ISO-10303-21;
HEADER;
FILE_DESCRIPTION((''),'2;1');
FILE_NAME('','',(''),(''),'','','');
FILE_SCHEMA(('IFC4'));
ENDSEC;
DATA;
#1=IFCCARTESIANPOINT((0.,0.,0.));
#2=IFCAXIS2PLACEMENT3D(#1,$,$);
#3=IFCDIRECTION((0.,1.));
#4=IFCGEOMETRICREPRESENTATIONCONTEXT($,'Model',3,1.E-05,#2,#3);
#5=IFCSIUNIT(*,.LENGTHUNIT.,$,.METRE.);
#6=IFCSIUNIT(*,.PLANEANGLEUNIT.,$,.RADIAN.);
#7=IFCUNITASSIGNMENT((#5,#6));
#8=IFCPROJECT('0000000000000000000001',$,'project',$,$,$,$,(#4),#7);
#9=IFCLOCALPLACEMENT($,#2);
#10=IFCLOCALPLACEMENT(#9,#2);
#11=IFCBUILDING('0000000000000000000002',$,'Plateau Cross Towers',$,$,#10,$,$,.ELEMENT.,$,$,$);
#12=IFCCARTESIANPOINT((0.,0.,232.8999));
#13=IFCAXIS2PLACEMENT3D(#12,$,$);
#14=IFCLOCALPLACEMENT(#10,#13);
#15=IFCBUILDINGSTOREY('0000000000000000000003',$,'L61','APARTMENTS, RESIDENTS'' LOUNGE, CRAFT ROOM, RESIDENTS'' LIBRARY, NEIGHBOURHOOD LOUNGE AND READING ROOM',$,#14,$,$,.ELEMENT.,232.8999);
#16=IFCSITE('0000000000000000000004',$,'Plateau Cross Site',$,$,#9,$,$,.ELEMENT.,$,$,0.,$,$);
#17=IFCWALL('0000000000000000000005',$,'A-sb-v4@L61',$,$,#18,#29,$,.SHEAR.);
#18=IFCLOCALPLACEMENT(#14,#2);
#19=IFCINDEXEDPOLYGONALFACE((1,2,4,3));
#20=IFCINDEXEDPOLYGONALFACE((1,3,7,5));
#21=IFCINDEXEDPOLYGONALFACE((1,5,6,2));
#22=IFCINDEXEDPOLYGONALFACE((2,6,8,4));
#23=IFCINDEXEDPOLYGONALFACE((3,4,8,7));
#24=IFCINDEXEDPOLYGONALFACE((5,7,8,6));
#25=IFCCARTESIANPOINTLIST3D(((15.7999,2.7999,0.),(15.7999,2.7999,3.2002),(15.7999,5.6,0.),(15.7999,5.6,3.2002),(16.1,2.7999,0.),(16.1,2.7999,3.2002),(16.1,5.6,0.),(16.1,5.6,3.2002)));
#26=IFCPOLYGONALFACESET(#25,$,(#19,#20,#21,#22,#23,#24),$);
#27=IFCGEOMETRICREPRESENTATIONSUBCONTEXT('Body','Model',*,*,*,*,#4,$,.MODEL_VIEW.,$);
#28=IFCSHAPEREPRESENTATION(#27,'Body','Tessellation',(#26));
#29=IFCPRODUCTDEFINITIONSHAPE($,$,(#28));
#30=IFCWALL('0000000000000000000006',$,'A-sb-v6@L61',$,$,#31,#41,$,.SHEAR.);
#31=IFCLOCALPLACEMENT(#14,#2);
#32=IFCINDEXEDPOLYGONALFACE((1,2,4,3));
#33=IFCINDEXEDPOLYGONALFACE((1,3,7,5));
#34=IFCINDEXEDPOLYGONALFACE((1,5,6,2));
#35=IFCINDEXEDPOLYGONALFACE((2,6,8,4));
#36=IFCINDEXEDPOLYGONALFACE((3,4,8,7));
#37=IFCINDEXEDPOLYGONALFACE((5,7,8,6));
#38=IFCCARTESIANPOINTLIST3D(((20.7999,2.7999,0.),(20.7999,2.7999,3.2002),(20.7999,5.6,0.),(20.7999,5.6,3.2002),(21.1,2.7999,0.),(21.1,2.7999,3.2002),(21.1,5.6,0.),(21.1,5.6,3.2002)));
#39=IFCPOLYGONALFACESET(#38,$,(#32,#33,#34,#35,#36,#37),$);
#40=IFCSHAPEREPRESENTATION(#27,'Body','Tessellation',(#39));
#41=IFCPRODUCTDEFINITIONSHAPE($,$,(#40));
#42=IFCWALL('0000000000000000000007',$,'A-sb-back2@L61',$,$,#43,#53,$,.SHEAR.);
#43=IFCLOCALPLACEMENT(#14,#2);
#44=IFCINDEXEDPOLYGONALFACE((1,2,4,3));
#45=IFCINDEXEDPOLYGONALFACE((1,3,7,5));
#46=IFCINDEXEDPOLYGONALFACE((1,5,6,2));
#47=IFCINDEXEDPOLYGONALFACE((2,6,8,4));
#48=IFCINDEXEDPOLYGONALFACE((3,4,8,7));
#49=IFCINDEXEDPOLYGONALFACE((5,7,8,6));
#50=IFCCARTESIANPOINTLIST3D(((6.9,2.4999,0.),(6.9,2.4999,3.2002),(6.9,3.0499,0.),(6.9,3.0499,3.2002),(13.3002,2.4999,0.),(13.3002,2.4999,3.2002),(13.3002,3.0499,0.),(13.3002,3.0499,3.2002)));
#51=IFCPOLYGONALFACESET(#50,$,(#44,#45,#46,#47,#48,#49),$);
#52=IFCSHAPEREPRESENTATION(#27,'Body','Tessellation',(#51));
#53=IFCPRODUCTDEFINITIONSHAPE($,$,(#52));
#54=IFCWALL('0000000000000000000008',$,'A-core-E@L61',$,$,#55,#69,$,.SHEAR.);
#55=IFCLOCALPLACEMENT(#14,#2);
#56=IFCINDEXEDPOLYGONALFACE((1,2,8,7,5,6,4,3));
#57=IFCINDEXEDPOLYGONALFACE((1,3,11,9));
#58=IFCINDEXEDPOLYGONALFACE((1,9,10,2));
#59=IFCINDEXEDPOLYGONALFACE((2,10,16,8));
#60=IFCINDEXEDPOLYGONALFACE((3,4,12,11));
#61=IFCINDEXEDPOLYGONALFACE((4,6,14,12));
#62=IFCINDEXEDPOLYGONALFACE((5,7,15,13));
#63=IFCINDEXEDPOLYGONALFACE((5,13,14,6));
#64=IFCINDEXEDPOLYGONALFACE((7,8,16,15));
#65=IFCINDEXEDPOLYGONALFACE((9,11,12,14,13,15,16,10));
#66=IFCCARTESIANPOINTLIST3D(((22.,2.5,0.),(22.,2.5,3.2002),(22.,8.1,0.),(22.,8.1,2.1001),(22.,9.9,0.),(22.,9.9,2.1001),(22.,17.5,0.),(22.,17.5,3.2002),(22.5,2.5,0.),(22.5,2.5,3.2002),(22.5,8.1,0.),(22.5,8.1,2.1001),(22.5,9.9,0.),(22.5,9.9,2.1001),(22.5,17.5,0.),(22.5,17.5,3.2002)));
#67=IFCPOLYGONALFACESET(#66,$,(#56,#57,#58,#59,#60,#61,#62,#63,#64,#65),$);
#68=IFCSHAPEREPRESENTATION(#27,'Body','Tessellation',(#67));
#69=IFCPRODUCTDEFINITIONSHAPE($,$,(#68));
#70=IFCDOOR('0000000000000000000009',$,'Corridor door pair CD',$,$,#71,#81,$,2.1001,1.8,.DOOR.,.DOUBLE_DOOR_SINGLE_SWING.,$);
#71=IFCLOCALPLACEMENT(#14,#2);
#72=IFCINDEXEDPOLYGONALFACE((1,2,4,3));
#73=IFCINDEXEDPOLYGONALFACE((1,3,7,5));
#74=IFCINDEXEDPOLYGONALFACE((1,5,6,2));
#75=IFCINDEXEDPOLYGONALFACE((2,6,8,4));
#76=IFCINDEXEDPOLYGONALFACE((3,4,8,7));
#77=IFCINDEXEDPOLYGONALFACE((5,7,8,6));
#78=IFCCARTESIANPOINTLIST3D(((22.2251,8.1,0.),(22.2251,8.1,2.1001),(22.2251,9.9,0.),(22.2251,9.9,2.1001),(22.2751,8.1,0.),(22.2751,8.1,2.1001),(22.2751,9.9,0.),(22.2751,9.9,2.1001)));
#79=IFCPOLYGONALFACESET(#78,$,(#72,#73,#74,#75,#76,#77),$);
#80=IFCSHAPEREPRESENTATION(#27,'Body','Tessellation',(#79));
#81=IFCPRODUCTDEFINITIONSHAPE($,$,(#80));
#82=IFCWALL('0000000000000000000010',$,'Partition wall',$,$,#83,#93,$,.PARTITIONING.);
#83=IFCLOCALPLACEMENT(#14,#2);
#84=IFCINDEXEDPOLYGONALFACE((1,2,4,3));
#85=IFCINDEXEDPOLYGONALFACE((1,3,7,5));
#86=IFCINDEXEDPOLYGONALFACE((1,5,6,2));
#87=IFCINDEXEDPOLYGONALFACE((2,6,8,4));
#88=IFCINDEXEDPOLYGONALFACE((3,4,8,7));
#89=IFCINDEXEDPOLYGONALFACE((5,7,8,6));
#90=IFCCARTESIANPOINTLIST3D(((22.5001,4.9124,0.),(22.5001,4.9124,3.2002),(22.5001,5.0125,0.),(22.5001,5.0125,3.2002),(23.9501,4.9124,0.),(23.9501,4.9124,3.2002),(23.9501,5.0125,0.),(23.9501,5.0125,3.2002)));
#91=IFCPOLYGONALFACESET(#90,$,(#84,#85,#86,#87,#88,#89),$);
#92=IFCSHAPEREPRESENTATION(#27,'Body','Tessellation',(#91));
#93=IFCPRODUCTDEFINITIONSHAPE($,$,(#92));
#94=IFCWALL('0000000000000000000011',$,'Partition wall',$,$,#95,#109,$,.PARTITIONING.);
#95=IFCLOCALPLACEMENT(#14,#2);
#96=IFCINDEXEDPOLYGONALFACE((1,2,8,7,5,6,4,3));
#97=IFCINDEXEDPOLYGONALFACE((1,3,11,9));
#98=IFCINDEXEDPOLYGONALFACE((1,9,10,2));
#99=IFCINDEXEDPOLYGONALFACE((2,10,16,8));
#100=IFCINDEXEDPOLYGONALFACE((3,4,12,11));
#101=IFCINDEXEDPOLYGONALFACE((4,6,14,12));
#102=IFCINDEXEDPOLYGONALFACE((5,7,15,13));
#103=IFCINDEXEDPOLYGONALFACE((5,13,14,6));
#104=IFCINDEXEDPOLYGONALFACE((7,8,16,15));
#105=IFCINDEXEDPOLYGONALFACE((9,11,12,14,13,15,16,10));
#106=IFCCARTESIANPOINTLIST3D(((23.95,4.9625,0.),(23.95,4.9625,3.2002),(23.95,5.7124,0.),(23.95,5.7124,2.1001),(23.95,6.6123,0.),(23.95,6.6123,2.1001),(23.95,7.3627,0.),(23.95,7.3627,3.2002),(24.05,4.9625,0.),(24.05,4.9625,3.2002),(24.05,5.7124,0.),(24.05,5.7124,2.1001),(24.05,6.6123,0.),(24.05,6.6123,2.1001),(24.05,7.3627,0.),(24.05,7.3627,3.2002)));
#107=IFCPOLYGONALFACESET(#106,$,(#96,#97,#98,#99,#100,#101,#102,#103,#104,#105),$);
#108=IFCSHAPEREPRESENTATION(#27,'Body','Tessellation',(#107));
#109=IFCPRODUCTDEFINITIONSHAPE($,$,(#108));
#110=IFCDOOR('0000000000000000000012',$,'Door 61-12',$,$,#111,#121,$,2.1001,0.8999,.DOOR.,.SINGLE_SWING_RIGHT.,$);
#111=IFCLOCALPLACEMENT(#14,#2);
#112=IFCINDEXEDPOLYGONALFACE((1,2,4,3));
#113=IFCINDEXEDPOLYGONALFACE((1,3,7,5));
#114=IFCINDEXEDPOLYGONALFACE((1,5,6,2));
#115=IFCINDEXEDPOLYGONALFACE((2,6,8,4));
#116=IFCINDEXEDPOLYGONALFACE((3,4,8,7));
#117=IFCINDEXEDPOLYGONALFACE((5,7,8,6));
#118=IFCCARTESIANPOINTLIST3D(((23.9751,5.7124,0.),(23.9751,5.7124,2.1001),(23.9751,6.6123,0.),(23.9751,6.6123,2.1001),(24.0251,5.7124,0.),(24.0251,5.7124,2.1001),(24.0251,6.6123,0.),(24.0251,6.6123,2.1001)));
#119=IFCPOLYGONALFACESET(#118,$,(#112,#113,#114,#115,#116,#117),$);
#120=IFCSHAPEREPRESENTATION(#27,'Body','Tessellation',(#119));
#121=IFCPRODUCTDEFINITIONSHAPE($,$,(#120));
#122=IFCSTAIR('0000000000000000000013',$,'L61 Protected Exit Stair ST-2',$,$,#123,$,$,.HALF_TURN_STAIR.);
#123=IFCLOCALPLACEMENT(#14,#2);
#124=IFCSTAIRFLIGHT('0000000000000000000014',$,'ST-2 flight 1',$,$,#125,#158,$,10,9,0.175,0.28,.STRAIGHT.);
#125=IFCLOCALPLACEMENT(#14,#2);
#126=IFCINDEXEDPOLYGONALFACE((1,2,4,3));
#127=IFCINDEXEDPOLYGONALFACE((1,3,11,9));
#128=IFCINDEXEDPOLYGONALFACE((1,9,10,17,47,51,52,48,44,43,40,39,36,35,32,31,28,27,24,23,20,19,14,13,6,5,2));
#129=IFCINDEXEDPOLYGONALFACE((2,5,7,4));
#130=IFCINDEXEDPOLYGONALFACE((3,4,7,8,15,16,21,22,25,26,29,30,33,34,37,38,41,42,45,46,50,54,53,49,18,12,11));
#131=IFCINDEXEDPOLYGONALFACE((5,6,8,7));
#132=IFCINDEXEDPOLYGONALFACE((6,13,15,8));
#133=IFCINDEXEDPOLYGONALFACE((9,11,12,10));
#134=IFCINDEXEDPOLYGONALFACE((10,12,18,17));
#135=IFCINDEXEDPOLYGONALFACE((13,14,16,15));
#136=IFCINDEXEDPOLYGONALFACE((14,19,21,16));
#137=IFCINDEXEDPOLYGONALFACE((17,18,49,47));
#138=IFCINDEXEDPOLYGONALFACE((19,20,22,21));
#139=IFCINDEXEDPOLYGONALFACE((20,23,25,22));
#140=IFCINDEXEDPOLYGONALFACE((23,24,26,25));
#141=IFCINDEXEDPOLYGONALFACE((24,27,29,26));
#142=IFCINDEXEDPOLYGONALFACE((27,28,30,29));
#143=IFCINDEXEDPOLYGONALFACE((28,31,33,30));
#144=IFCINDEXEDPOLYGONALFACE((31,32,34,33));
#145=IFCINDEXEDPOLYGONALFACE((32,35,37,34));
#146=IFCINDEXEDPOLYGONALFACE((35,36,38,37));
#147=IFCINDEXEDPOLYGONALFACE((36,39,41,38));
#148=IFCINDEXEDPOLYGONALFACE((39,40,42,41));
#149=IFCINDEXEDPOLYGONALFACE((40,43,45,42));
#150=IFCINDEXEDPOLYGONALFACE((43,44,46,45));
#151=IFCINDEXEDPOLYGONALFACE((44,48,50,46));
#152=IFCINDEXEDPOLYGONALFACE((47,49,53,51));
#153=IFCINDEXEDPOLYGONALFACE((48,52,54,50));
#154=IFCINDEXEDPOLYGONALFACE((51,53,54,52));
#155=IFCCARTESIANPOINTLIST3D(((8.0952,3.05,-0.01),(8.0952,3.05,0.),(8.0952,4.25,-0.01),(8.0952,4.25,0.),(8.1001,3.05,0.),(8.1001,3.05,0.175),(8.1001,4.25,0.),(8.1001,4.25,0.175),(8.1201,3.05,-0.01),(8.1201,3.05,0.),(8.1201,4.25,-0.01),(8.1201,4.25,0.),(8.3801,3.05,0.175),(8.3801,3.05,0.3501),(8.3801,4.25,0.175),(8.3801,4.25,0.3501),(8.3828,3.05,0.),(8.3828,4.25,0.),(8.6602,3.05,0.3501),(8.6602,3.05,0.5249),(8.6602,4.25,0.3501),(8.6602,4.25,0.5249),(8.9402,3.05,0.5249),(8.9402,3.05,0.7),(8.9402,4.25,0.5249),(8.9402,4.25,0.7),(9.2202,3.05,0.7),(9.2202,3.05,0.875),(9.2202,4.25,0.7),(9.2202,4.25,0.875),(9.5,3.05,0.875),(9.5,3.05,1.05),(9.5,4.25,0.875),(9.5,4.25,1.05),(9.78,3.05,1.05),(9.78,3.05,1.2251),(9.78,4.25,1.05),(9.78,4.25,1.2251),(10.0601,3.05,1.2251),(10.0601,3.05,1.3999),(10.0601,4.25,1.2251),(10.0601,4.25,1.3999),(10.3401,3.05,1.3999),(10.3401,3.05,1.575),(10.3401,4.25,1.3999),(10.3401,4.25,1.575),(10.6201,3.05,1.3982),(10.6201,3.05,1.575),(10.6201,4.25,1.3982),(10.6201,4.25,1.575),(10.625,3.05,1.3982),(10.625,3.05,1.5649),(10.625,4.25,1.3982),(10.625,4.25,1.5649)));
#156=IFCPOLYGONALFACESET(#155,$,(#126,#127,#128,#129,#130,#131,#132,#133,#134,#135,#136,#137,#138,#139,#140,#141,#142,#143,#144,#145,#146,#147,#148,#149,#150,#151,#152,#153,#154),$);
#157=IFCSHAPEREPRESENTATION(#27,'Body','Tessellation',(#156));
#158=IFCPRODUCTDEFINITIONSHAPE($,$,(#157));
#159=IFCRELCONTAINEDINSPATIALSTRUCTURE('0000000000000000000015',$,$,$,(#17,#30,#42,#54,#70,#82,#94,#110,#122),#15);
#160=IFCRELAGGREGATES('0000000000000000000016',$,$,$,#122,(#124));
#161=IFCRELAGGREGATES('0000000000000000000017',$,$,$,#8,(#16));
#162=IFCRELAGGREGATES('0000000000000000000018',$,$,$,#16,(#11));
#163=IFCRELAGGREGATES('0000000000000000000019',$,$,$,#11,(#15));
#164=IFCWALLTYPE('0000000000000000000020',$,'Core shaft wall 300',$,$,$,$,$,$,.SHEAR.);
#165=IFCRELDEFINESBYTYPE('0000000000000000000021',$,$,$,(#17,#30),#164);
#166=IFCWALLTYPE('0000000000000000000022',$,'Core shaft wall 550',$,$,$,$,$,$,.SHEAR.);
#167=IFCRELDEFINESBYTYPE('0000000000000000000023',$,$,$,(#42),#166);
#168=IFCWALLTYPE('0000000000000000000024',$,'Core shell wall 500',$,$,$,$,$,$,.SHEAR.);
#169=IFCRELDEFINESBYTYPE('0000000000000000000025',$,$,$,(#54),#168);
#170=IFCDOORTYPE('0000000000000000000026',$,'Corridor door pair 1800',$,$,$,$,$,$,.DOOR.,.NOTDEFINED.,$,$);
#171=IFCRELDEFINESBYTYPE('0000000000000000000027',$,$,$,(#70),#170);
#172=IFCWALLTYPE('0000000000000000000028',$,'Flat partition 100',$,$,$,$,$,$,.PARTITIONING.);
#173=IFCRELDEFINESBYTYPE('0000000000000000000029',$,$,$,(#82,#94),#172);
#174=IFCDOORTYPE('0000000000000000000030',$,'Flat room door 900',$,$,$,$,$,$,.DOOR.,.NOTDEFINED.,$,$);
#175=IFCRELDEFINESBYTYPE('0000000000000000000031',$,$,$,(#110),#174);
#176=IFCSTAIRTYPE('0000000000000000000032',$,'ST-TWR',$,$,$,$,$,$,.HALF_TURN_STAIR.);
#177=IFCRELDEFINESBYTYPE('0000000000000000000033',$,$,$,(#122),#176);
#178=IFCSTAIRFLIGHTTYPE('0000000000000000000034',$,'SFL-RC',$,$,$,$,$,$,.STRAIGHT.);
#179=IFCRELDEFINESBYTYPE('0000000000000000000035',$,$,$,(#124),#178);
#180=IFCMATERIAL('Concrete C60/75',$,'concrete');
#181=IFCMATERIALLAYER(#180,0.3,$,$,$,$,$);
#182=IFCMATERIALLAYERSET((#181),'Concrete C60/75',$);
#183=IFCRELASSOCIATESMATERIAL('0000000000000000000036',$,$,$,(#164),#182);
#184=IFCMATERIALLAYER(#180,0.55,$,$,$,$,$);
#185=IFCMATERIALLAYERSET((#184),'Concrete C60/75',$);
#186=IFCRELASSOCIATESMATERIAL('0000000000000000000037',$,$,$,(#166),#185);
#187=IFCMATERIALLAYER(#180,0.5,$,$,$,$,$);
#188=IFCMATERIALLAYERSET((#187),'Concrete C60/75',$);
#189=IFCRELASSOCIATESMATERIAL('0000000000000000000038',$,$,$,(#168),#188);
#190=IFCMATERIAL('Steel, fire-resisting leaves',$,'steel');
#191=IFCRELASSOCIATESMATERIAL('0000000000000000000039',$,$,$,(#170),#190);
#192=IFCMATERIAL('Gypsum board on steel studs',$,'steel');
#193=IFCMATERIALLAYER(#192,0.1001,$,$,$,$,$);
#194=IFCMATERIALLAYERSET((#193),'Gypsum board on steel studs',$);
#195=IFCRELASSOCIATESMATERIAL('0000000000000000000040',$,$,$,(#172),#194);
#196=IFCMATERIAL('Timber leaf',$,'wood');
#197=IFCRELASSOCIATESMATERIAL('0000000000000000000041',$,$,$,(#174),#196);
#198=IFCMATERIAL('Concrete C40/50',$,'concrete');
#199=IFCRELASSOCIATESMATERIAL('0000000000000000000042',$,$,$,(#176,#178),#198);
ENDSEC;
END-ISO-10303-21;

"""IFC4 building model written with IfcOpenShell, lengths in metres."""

from ifc_helpers import new_model, si_unit, direction, frame, frame_2d, origin, place, context, subcontext, project, spatial, polyline, rectangle, outline, extrude, material, layer, layer_set, type_object, element, fill, aggregate, save


model = new_model("IFC4")

# Units and contexts
model_context = context("Model", 3, precision=1e-05, world=origin(), true_north=direction((0.0, 1.0)))
body_context = subcontext(model_context, "Body", "Model", "MODEL_VIEW")
ifc_project = project(units=[si_unit("LENGTHUNIT", "METRE"), si_unit("PLANEANGLEUNIT", "RADIAN")], contexts=[model_context])

# Site, building, storey
site_placement = place(None, origin())
site = spatial("IfcSite", under=ifc_project, at=site_placement, Name="Plateau Cross Site", CompositionType="ELEMENT", RefElevation=0.0)
building_placement = place(site_placement, origin())
building = spatial("IfcBuilding", under=site, at=building_placement, Name="Plateau Cross Towers", CompositionType="ELEMENT")
storey_placement = place(building_placement, frame((0.0, 0.0, 232.8999)))
storey = spatial("IfcBuildingStorey", under=building, at=storey_placement, Name="L61", Description="APARTMENTS, RESIDENTS' LOUNGE, CRAFT ROOM, RESIDENTS' LIBRARY, NEIGHBOURHOOD LOUNGE AND READING ROOM", CompositionType="ELEMENT", Elevation=232.8999)

# Shared definitions
ifc_material_1 = material(Name="Concrete C60/75", Category="concrete")

# Walls
ifc_layer_1 = layer(ifc_material_1, 0.3)
ifc_layer_set_1 = layer_set([ifc_layer_1], Name="Concrete C60/75")
wall_type_1 = type_object("IfcWallType", Name="Core shaft wall 300", PredefinedType="SHEAR", material=ifc_layer_set_1)
for number, where, z_axis, x_axis, name in (
    (1, (15.95, 2.8, 0.0), (0.0, 0.0, 1.0), (0.0, 1.0, 0.0), "A-sb-v4@L61"),
    (2, (20.95, 2.8, 0.0), (0.0, 0.0, 1.0), (0.0, 1.0, 0.0), "A-sb-v6@L61"),
):
    element("IfcWall", number, at=place(storey_placement, frame(where, z_axis=z_axis, x_axis=x_axis)), inside=storey, type_object=wall_type_1, Name=name, PredefinedType="SHEAR", context=body_context, shape_type="SweptSolid", body=[
        extrude(rectangle(XDim=2.8, YDim=0.3, at=frame_2d((1.3999, 0.0))), origin(), (0.0, 0.0, 1.0), 3.2002),
    ])
ifc_layer_2 = layer(ifc_material_1, 0.55)
ifc_layer_set_2 = layer_set([ifc_layer_2], Name="Concrete C60/75")
wall_type_2 = type_object("IfcWallType", Name="Core shaft wall 550", PredefinedType="SHEAR", material=ifc_layer_set_2)
wall_1_placement = place(storey_placement, frame((6.8999, 2.7749, 0.0), z_axis=(0.0, 0.0, 1.0), x_axis=(1.0, 0.0, 0.0)))
element("IfcWall", 3, at=wall_1_placement, inside=storey, type_object=wall_type_2, Name="A-sb-back2@L61", PredefinedType="SHEAR", context=body_context, shape_type="SweptSolid", body=[
    extrude(rectangle(XDim=6.4001, YDim=0.55, at=frame_2d((3.2002, 0.0))), origin(), (0.0, 0.0, 1.0), 3.2002),
])

# Wall, opening, door
ifc_layer_3 = layer(ifc_material_1, 0.5)
ifc_layer_set_3 = layer_set([ifc_layer_3], Name="Concrete C60/75")
wall_type_3 = type_object("IfcWallType", Name="Core shell wall 500", PredefinedType="SHEAR", material=ifc_layer_set_3)
wall_2_placement = place(storey_placement, frame((22.25, 2.5, 0.0), z_axis=(0.0, 0.0, 1.0), x_axis=(0.0, 1.0, 0.0)))
wall_2 = element("IfcWall", 4, at=wall_2_placement, inside=storey, type_object=wall_type_3, Name="A-core-E@L61", PredefinedType="SHEAR", context=body_context, shape_type="SweptSolid", body=[
    extrude(rectangle(XDim=15.0, YDim=0.5, at=frame_2d((7.5, 0.0))), origin(), (0.0, 0.0, 1.0), 3.2002),
])
opening_1_placement = place(wall_2_placement, frame((5.6001, 0.0, 0.0)))
opening_1 = element("IfcOpeningElement", 5, at=opening_1_placement, cuts=wall_2, PredefinedType="OPENING", context=body_context, shape_type="SweptSolid", body=[
    extrude(rectangle(XDim=1.8, YDim=2.1001, at=frame_2d((0.8999, 1.05))), frame((0.0, 0.26, 0.0), z_axis=(0.0, -1.0, 0.0), x_axis=(1.0, 0.0, 0.0)), (0.0, 0.0, 1.0), 0.52),
])
ifc_material_2 = material(Name="Steel, fire-resisting leaves", Category="steel")
door_type_1 = type_object("IfcDoorType", Name="Corridor door pair 1800", OperationType="NOTDEFINED", PredefinedType="DOOR", material=ifc_material_2)
door_1_placement = place(opening_1_placement, origin())
door_1 = element("IfcDoor", 6, at=door_1_placement, inside=storey, type_object=door_type_1, Name="Corridor door pair CD", OperationType="DOUBLE_DOOR_SINGLE_SWING", OverallHeight=2.1001, OverallWidth=1.8, PredefinedType="DOOR", context=body_context, shape_type="SweptSolid", body=[
    extrude(rectangle(XDim=1.8, YDim=2.1001, at=frame_2d((0.8999, 1.05))), frame((0.0, 0.0249, 0.0), z_axis=(0.0, -1.0, 0.0), x_axis=(1.0, 0.0, 0.0)), (0.0, 0.0, 1.0), 0.05),
])
fill(opening_1, door_1)

# Wall
ifc_material_3 = material(Name="Gypsum board on steel studs", Category="steel")
ifc_layer_4 = layer(ifc_material_3, 0.1001)
ifc_layer_set_4 = layer_set([ifc_layer_4], Name="Gypsum board on steel studs")
wall_type_4 = type_object("IfcWallType", Name="Flat partition 100", PredefinedType="PARTITIONING", material=ifc_layer_set_4)
wall_3_placement = place(storey_placement, frame((22.5, 4.9624, 0.0), z_axis=(0.0, 0.0, 1.0), x_axis=(1.0, 0.0, 0.0)))
element("IfcWall", 7, at=wall_3_placement, inside=storey, type_object=wall_type_4, Name="Partition wall", PredefinedType="PARTITIONING", context=body_context, shape_type="SweptSolid", body=[
    extrude(rectangle(XDim=1.45, YDim=0.1001, at=frame_2d((0.7251, 0.0))), origin(), (0.0, 0.0, 1.0), 3.2002),
])

# Wall, opening, door
wall_4_placement = place(storey_placement, frame((24.0, 4.9624, 0.0), z_axis=(0.0, 0.0, 1.0), x_axis=(0.0, 1.0, 0.0)))
wall_4 = element("IfcWall", 8, at=wall_4_placement, inside=storey, type_object=wall_type_4, Name="Partition wall", PredefinedType="PARTITIONING", context=body_context, shape_type="SweptSolid", body=[
    extrude(rectangle(XDim=2.4001, YDim=0.1001, at=frame_2d((1.2002, 0.0))), origin(), (0.0, 0.0, 1.0), 3.2002),
])
opening_2_placement = place(wall_4_placement, frame((0.75, 0.0, 0.0)))
opening_2 = element("IfcOpeningElement", 9, at=opening_2_placement, cuts=wall_4, PredefinedType="OPENING", context=body_context, shape_type="SweptSolid", body=[
    extrude(rectangle(XDim=0.8999, YDim=2.1001, at=frame_2d((0.45, 1.05))), frame((0.0, 0.0601, 0.0), z_axis=(0.0, -1.0, 0.0), x_axis=(1.0, 0.0, 0.0)), (0.0, 0.0, 1.0), 0.1201),
])
ifc_material_4 = material(Name="Timber leaf", Category="wood")
door_type_2 = type_object("IfcDoorType", Name="Flat room door 900", OperationType="NOTDEFINED", PredefinedType="DOOR", material=ifc_material_4)
door_2_placement = place(opening_2_placement, origin())
door_2 = element("IfcDoor", 10, at=door_2_placement, inside=storey, type_object=door_type_2, Name="Door 61-12", OperationType="SINGLE_SWING_RIGHT", OverallHeight=2.1001, OverallWidth=0.8999, PredefinedType="DOOR", context=body_context, shape_type="SweptSolid", body=[
    extrude(rectangle(XDim=0.8999, YDim=2.1001, at=frame_2d((0.45, 1.05))), frame((0.0, 0.0249, 0.0), z_axis=(0.0, -1.0, 0.0), x_axis=(1.0, 0.0, 0.0)), (0.0, 0.0, 1.0), 0.05),
])
fill(opening_2, door_2)

# Stair, stair flight
ifc_material_5 = material(Name="Concrete C40/50", Category="concrete")
stair_type = type_object("IfcStairType", Name="ST-TWR", PredefinedType="HALF_TURN_STAIR", material=ifc_material_5)
stair_placement = place(storey_placement, origin())
stair = element("IfcStair", 11, at=stair_placement, inside=storey, type_object=stair_type, Name="L61 Protected Exit Stair ST-2", PredefinedType="HALF_TURN_STAIR")
stair_flight_type = type_object("IfcStairFlightType", Name="SFL-RC", PredefinedType="STRAIGHT", material=ifc_material_5)
stair_flight_1_placement = place(storey_placement, frame((8.1001, 3.6499, 0.0), z_axis=(0.0, 0.0, 1.0), x_axis=(1.0, 0.0, 0.0)))
stair_flight_1 = element("IfcStairFlight", 12, at=stair_flight_1_placement, type_object=stair_flight_type, Name="ST-2 flight 1", NumberOfRisers=10, NumberOfTreads=9, PredefinedType="STRAIGHT", RiserHeight=0.175, TreadLength=0.28, context=body_context, shape_type="SweptSolid", body=[
    extrude(outline(polyline([(-0.0049, -0.01), (-0.0049, 0.0), (0.0, 0.0), (0.0, 0.175), (0.28, 0.175), (0.28, 0.3501), (0.5601, 0.3501), (0.5601, 0.5249), (0.8401, 0.5249), (0.8401, 0.7), (1.1201, 0.7), (1.1201, 0.875), (1.3999, 0.875), (1.3999, 1.05), (1.6799, 1.05), (1.6799, 1.2251), (1.96, 1.2251), (1.96, 1.3999), (2.24, 1.3999), (2.24, 1.575), (2.52, 1.575), (2.5249, 1.5649), (2.5249, 1.3982), (2.52, 1.3982), (0.2827, 0.0), (0.02, 0.0), (0.02, -0.01), (-0.0049, -0.01)])), frame((0.0, 0.6001, 0.0), z_axis=(0.0, -1.0, 0.0), x_axis=(1.0, 0.0, 0.0)), (0.0, 0.0, 1.0), 1.2),
])
aggregate(stair, [stair_flight_1])

save(model, "model.ifc")
